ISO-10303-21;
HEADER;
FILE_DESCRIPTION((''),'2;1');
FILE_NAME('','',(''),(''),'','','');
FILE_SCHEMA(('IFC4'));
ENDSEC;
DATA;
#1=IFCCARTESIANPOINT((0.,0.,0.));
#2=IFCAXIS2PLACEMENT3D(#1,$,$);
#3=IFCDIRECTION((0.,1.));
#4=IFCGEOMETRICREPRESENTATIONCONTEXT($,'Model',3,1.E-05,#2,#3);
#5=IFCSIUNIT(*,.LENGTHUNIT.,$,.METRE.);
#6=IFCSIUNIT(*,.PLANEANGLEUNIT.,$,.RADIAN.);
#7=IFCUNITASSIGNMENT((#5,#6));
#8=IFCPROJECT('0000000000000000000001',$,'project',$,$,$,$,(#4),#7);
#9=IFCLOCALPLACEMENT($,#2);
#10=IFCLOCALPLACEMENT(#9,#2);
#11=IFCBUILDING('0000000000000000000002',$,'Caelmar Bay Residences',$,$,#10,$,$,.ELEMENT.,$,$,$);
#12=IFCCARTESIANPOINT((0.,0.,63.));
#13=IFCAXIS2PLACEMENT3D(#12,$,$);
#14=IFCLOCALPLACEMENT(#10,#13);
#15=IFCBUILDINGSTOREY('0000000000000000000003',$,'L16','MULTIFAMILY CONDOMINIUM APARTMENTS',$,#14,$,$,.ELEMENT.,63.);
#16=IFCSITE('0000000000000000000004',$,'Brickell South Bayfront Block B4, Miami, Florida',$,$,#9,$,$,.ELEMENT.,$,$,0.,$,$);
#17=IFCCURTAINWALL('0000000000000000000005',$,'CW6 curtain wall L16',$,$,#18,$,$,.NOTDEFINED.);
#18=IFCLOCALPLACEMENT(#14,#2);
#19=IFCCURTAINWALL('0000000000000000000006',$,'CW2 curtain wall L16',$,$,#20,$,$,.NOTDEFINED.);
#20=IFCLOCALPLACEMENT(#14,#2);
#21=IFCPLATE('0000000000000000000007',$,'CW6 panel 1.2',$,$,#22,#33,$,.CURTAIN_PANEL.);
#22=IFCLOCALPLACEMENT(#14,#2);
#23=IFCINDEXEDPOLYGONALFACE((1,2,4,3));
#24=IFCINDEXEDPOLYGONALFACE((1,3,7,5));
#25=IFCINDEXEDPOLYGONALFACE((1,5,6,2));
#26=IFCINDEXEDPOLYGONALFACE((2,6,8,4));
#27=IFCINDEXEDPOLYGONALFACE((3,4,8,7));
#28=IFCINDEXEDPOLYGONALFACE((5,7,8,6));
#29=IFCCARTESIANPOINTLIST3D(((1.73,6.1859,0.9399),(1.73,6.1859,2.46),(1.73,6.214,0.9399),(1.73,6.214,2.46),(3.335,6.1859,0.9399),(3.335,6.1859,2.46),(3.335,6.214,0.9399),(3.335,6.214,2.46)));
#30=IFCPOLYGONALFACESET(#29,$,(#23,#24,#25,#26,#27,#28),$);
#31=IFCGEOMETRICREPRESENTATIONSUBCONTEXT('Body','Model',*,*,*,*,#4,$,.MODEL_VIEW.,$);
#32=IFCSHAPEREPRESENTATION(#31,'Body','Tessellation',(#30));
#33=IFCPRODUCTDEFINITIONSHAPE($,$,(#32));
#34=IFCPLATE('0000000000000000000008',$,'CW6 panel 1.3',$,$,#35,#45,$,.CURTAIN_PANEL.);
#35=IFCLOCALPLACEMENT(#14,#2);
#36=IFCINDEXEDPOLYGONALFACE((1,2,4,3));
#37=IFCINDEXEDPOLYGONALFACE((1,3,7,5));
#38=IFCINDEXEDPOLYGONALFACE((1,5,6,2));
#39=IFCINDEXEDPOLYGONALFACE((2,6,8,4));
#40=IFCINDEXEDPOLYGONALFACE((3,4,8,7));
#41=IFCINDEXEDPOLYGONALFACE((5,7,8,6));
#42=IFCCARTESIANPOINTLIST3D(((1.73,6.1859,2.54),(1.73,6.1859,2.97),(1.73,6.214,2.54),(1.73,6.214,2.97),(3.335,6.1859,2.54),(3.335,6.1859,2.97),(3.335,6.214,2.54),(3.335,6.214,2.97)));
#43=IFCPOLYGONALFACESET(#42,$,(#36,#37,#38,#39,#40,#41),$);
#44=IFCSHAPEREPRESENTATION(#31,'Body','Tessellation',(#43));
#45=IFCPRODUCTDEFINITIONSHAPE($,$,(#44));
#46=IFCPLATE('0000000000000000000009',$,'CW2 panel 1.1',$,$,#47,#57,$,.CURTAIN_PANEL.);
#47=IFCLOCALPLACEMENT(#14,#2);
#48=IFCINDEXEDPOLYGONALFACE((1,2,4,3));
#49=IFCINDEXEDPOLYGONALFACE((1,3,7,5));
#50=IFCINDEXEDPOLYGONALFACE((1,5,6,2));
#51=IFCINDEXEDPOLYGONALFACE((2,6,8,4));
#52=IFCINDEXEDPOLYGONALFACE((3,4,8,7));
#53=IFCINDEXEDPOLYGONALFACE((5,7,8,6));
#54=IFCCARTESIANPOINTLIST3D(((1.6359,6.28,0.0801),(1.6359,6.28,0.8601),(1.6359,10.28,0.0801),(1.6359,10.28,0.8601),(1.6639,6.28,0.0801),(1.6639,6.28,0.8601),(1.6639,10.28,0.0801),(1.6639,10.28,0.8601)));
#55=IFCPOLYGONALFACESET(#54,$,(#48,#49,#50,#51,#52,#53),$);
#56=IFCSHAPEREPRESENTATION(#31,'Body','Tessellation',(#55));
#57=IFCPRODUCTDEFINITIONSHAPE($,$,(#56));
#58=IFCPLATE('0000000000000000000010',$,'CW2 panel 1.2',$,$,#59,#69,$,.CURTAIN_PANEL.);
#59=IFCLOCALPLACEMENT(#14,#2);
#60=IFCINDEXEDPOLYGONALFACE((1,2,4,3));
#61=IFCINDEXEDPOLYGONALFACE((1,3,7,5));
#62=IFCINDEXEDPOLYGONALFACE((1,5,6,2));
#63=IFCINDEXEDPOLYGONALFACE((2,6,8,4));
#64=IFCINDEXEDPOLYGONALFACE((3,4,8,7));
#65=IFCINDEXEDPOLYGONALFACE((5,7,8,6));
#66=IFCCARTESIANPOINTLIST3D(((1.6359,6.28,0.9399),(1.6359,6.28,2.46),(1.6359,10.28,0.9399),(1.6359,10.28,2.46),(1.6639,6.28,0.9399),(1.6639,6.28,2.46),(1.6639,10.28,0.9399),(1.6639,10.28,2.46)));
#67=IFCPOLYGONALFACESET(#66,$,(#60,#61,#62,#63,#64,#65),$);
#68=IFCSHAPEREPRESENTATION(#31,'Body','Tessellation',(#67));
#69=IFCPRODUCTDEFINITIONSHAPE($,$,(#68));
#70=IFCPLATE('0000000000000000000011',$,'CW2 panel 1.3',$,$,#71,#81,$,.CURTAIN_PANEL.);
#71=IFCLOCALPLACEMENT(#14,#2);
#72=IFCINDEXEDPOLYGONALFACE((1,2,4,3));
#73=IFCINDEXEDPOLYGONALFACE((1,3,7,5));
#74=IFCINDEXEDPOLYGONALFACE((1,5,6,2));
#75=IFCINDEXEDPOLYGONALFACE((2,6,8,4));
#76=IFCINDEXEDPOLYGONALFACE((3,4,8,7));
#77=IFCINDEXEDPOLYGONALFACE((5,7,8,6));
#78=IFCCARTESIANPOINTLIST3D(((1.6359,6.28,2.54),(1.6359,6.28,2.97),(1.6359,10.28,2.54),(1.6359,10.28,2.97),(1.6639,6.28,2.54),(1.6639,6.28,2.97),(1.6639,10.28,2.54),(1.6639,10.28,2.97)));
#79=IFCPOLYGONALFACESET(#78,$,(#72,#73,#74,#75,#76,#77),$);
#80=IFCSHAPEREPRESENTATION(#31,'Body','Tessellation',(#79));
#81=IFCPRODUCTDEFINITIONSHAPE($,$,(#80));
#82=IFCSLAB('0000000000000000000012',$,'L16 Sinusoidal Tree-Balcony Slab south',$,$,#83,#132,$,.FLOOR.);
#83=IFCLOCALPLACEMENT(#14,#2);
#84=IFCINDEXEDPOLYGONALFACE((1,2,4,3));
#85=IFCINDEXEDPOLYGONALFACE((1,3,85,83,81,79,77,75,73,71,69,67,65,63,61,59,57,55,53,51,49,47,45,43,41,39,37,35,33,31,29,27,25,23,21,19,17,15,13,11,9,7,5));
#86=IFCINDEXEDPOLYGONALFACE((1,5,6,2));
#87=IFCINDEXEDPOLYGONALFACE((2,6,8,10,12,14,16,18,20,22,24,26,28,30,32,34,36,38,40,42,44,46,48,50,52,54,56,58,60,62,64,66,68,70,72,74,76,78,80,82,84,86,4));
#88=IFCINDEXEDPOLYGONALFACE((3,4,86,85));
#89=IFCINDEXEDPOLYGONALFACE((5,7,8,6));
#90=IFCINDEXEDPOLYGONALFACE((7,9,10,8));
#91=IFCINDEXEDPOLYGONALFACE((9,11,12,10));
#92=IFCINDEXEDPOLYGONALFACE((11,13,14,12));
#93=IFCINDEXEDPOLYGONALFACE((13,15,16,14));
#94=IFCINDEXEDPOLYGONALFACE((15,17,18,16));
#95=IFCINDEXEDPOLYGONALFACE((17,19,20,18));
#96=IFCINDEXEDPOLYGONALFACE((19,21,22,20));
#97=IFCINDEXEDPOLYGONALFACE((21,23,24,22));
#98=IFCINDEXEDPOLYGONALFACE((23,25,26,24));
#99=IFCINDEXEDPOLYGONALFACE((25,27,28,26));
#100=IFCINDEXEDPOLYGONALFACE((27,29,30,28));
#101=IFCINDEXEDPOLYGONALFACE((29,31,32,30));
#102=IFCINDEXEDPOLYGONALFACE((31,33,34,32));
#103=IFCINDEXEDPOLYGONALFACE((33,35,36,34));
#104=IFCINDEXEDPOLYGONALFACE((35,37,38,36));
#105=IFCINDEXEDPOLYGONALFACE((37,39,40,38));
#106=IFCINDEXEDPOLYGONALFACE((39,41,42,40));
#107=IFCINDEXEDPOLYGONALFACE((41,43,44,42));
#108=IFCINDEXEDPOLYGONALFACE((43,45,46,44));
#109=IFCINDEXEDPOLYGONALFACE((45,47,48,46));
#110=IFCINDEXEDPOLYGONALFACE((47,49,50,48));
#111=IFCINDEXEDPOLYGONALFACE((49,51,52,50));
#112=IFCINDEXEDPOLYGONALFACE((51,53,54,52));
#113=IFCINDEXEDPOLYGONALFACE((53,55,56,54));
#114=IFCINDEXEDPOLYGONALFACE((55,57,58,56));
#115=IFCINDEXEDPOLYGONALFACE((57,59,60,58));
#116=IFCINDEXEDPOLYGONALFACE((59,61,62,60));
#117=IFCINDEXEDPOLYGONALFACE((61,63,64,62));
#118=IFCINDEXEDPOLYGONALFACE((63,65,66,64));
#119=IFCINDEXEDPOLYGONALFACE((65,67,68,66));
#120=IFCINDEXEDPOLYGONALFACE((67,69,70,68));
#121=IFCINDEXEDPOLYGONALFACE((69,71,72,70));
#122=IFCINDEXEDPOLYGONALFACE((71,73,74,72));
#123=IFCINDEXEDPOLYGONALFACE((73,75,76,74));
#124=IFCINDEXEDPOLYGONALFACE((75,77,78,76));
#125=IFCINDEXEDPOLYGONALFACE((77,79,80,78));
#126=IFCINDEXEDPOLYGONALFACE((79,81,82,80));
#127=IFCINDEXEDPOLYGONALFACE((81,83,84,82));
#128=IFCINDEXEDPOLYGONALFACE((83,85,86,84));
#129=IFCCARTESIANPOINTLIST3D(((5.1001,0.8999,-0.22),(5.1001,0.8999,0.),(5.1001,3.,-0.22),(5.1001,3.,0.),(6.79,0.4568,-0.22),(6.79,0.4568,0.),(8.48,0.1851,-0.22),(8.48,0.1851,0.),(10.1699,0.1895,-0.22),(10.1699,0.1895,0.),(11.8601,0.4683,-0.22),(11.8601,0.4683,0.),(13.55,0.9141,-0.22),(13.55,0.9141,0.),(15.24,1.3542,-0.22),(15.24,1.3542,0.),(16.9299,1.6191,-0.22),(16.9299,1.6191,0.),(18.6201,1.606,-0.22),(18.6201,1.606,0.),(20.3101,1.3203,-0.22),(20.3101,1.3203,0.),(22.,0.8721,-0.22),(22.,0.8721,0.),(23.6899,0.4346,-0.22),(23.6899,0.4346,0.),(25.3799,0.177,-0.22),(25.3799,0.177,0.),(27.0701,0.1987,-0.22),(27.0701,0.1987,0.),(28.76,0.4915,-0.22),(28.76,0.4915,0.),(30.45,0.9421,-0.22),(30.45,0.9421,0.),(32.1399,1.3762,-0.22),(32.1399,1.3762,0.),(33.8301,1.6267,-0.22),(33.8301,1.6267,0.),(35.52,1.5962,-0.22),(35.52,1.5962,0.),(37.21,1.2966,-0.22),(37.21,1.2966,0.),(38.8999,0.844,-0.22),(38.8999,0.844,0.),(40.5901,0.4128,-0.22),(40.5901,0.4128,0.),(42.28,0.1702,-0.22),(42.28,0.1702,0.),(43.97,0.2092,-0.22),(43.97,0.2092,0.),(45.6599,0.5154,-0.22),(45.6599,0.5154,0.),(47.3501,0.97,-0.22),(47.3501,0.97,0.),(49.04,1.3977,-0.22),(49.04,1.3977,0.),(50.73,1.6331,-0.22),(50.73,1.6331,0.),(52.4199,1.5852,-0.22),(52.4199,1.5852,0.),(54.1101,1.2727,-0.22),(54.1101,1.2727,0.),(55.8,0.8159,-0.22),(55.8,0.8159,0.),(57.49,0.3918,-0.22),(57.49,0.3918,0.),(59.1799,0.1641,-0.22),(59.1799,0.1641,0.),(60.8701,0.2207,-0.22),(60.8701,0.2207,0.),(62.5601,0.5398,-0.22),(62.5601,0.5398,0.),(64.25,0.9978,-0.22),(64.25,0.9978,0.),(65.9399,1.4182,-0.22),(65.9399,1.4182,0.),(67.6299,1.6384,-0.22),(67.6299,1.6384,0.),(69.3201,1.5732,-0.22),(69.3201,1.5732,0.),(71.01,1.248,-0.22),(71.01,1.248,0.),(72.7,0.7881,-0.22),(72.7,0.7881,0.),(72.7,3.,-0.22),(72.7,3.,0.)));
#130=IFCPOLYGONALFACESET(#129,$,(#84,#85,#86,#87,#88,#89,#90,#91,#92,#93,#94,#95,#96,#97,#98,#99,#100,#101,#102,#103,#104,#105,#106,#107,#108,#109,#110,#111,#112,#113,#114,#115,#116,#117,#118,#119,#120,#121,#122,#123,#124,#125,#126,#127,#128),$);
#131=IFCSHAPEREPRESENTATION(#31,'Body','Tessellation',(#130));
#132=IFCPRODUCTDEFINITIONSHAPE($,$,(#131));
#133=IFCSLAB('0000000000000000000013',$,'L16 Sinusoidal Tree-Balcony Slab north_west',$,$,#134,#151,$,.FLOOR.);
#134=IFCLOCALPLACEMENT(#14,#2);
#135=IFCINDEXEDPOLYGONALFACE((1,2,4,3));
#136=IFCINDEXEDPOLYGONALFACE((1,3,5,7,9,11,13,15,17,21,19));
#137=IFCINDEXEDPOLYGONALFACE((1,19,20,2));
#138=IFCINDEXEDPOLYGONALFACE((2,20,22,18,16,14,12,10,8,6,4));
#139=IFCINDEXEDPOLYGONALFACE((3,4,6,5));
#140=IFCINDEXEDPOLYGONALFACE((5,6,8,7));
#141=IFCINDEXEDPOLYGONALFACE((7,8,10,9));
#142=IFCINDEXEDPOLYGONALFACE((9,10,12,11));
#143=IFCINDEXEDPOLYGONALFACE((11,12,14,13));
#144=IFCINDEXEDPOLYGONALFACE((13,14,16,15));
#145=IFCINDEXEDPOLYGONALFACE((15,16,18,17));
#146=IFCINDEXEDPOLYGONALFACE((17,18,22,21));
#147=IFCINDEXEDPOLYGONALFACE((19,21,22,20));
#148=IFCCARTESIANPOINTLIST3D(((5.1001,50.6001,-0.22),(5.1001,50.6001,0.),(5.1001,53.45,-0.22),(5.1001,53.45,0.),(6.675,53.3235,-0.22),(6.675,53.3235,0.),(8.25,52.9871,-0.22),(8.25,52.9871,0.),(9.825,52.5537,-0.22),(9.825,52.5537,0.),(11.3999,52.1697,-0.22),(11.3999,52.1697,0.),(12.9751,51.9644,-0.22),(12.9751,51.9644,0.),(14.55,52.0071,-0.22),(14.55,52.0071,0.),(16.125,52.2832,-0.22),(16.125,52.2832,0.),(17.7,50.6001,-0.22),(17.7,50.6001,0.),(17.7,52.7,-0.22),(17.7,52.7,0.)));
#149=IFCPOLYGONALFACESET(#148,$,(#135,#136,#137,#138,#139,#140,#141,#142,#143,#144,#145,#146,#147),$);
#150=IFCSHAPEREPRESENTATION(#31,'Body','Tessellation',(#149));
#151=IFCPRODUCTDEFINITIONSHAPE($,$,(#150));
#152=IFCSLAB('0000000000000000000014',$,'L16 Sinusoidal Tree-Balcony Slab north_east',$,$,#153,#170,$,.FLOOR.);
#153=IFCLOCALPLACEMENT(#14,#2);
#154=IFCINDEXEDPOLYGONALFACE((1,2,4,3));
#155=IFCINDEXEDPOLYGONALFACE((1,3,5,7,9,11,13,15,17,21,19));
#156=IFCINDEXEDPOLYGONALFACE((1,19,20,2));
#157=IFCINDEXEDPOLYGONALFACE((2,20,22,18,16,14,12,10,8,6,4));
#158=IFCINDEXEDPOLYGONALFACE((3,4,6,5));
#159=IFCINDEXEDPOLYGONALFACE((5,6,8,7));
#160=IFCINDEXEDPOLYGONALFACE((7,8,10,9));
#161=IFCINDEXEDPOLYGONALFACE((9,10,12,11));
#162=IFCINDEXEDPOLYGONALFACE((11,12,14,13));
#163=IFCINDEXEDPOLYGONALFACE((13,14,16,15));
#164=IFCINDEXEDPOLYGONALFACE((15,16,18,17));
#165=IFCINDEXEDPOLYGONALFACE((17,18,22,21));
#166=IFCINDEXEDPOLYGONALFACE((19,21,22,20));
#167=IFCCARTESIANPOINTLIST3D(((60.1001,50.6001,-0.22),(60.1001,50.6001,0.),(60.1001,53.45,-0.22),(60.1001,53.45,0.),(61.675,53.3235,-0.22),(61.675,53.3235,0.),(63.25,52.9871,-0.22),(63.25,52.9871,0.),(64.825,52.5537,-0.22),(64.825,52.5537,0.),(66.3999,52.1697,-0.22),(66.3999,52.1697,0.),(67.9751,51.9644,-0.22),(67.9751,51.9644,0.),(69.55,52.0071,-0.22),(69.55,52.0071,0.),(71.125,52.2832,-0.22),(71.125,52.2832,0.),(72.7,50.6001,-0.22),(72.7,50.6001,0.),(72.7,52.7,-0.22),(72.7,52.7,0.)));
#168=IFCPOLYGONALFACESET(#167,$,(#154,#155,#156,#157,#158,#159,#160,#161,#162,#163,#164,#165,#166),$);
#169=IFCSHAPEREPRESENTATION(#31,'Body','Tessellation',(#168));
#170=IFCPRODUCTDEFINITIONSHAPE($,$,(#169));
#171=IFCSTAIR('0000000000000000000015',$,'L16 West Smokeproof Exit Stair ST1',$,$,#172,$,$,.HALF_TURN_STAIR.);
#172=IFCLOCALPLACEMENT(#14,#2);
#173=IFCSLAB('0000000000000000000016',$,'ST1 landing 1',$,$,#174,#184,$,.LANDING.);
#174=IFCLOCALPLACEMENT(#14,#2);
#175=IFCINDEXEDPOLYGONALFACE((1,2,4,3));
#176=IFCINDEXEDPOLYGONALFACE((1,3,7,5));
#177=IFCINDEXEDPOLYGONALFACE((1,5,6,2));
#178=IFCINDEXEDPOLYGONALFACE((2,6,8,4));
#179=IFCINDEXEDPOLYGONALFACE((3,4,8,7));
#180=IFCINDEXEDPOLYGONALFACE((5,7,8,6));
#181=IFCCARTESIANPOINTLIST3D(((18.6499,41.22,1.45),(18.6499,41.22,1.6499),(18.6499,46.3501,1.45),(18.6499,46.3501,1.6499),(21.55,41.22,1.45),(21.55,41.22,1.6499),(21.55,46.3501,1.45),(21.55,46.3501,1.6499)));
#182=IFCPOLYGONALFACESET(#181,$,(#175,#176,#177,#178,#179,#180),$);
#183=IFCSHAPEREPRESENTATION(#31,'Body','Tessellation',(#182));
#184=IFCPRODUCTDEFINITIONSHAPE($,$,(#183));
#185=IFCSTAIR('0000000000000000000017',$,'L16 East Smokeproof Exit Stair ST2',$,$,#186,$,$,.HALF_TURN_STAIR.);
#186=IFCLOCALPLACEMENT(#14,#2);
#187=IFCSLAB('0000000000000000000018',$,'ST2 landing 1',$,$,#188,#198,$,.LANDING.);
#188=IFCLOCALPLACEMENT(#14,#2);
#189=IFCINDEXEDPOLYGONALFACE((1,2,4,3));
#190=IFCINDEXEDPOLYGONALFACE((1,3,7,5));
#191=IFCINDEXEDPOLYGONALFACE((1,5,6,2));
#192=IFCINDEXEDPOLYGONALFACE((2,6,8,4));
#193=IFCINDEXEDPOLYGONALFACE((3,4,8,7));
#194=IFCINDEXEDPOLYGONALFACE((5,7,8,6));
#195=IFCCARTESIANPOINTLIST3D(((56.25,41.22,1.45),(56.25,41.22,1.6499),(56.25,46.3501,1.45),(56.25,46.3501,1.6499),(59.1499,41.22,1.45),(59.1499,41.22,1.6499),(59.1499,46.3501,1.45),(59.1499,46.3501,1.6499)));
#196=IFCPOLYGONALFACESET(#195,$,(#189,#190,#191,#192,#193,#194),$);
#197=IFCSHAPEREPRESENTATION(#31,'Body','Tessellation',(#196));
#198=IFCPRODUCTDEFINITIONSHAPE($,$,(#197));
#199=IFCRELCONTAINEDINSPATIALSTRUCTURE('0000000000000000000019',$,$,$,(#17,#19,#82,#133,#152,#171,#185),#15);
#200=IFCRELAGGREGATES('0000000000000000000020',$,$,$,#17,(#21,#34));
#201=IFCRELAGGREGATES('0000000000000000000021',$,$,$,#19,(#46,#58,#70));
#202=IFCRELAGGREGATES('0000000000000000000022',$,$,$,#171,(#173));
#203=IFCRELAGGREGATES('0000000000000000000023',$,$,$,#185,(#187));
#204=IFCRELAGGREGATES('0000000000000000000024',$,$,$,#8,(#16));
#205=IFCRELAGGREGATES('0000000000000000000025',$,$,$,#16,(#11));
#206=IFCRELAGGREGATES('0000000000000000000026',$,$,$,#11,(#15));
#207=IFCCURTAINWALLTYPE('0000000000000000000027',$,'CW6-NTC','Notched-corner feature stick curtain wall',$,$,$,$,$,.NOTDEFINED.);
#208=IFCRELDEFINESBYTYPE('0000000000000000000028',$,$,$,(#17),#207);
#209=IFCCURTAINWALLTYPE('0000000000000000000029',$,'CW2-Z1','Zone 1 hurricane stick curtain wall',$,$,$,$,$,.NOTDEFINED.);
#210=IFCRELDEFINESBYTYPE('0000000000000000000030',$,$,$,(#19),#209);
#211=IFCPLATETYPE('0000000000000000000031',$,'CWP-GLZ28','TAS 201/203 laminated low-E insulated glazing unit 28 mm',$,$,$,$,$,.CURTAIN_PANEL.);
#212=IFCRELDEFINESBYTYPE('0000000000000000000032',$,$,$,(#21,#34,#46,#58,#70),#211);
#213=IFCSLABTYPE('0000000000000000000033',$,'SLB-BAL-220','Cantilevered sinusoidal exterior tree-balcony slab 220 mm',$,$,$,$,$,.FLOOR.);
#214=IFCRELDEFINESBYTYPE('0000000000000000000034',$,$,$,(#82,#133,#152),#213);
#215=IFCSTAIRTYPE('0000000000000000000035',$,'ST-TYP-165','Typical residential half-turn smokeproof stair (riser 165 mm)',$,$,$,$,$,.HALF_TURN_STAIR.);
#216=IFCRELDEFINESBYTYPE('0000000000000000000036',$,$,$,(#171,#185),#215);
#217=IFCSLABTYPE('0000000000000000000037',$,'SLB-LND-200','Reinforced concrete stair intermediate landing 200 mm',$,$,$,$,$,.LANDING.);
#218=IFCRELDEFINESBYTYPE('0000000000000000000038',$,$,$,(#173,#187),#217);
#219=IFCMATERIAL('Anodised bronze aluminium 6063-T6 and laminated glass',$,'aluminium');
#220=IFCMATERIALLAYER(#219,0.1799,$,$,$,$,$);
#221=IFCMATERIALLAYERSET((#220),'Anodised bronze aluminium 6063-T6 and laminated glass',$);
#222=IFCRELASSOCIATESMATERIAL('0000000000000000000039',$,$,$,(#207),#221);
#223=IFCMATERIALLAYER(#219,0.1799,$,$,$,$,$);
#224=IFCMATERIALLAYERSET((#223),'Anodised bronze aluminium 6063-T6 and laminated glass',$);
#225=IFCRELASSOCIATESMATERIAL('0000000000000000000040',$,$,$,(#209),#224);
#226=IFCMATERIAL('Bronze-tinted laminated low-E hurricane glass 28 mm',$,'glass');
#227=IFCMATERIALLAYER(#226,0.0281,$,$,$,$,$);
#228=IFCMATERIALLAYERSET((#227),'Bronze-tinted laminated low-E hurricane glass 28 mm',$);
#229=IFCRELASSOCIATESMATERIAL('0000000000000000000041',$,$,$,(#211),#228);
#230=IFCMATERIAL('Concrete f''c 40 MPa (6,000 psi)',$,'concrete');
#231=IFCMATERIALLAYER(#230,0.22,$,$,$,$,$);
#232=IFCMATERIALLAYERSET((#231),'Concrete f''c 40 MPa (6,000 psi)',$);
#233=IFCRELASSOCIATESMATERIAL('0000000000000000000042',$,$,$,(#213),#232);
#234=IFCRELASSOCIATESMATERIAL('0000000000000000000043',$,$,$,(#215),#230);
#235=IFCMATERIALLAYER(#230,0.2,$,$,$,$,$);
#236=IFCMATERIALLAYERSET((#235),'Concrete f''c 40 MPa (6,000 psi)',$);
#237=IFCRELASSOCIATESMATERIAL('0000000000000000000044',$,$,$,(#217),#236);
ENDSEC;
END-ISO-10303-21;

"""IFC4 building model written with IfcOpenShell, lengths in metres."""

from ifc_helpers import new_model, si_unit, direction, frame, origin, origin_2d, place, context, subcontext, project, spatial, polyline, rectangle, outline, extrude, material, layer, layer_set, type_object, element, aggregate, save


model = new_model("IFC4")

# Units and contexts
model_context = context("Model", 3, precision=1e-05, world=origin(), true_north=direction((0.0, 1.0)))
body_context = subcontext(model_context, "Body", "Model", "MODEL_VIEW")
ifc_project = project(units=[si_unit("LENGTHUNIT", "METRE"), si_unit("PLANEANGLEUNIT", "RADIAN")], contexts=[model_context])

# Site, building, storey
site_placement = place(None, origin())
site = spatial("IfcSite", under=ifc_project, at=site_placement, Name="Brickell South Bayfront Block B4, Miami, Florida", CompositionType="ELEMENT", RefElevation=0.0)
building_placement = place(site_placement, origin())
building = spatial("IfcBuilding", under=site, at=building_placement, Name="Caelmar Bay Residences", CompositionType="ELEMENT")
storey_placement = place(building_placement, frame((0.0, 0.0, 63.0)))
storey = spatial("IfcBuildingStorey", under=building, at=storey_placement, Name="L16", Description="MULTIFAMILY CONDOMINIUM APARTMENTS", CompositionType="ELEMENT", Elevation=63.0)

# Curtain walls
ifc_material_1 = material(Name="Anodised bronze aluminium 6063-T6 and laminated glass", Category="aluminium")
ifc_layer_1 = layer(ifc_material_1, 0.1799)
ifc_layer_set_1 = layer_set([ifc_layer_1], Name="Anodised bronze aluminium 6063-T6 and laminated glass")
curtain_wall_type_1 = type_object("IfcCurtainWallType", Name="CW6-NTC", Description="Notched-corner feature stick curtain wall", PredefinedType="NOTDEFINED", material=ifc_layer_set_1)
curtain_wall_1_placement = place(storey_placement, origin())
curtain_wall_1 = element("IfcCurtainWall", 1, at=curtain_wall_1_placement, inside=storey, type_object=curtain_wall_type_1, Name="CW6 curtain wall L16", PredefinedType="NOTDEFINED")
ifc_layer_2 = layer(ifc_material_1, 0.1799)
ifc_layer_set_2 = layer_set([ifc_layer_2], Name="Anodised bronze aluminium 6063-T6 and laminated glass")
curtain_wall_type_2 = type_object("IfcCurtainWallType", Name="CW2-Z1", Description="Zone 1 hurricane stick curtain wall", PredefinedType="NOTDEFINED", material=ifc_layer_set_2)
curtain_wall_2_placement = place(storey_placement, origin())
curtain_wall_2 = element("IfcCurtainWall", 2, at=curtain_wall_2_placement, inside=storey, type_object=curtain_wall_type_2, Name="CW2 curtain wall L16", PredefinedType="NOTDEFINED")

# Plates
ifc_material_2 = material(Name="Bronze-tinted laminated low-E hurricane glass 28 mm", Category="glass")
ifc_layer_3 = layer(ifc_material_2, 0.0281)
ifc_layer_set_3 = layer_set([ifc_layer_3], Name="Bronze-tinted laminated low-E hurricane glass 28 mm")
plate_type = type_object("IfcPlateType", Name="CWP-GLZ28", Description="TAS 201/203 laminated low-E insulated glazing unit 28 mm", PredefinedType="CURTAIN_PANEL", material=ifc_layer_set_3)
plate_1_placement = place(storey_placement, frame((2.5325, 6.2, 0.9399), z_axis=(0.0, 0.0, 1.0), x_axis=(1.0, 0.0, 0.0)))
plate_1 = element("IfcPlate", 3, at=plate_1_placement, type_object=plate_type, Name="CW6 panel 1.2", PredefinedType="CURTAIN_PANEL", context=body_context, shape_type="SweptSolid", body=[
    extrude(rectangle(XDim=1.605, YDim=0.0281, at=origin_2d()), origin(), (0.0, 0.0, 1.0), 1.52),
])
plate_2_placement = place(storey_placement, frame((2.5325, 6.2, 2.54), z_axis=(0.0, 0.0, 1.0), x_axis=(1.0, 0.0, 0.0)))
plate_2 = element("IfcPlate", 4, at=plate_2_placement, type_object=plate_type, Name="CW6 panel 1.3", PredefinedType="CURTAIN_PANEL", context=body_context, shape_type="SweptSolid", body=[
    extrude(rectangle(XDim=1.605, YDim=0.0281, at=origin_2d()), origin(), (0.0, 0.0, 1.0), 0.4299),
])
aggregate(curtain_wall_1, [plate_1, plate_2])
plate_3_placement = place(storey_placement, frame((1.6499, 8.28, 0.0801), z_axis=(0.0, 0.0, 1.0), x_axis=(0.0, 1.0, 0.0)))
plate_3 = element("IfcPlate", 5, at=plate_3_placement, type_object=plate_type, Name="CW2 panel 1.1", PredefinedType="CURTAIN_PANEL", context=body_context, shape_type="SweptSolid", body=[
    extrude(rectangle(XDim=4.0, YDim=0.0281, at=origin_2d()), origin(), (0.0, 0.0, 1.0), 0.78),
])
plate_4_placement = place(storey_placement, frame((1.6499, 8.28, 0.9399), z_axis=(0.0, 0.0, 1.0), x_axis=(0.0, 1.0, 0.0)))
plate_4 = element("IfcPlate", 6, at=plate_4_placement, type_object=plate_type, Name="CW2 panel 1.2", PredefinedType="CURTAIN_PANEL", context=body_context, shape_type="SweptSolid", body=[
    extrude(rectangle(XDim=4.0, YDim=0.0281, at=origin_2d()), origin(), (0.0, 0.0, 1.0), 1.52),
])
plate_5_placement = place(storey_placement, frame((1.6499, 8.28, 2.54), z_axis=(0.0, 0.0, 1.0), x_axis=(0.0, 1.0, 0.0)))
plate_5 = element("IfcPlate", 7, at=plate_5_placement, type_object=plate_type, Name="CW2 panel 1.3", PredefinedType="CURTAIN_PANEL", context=body_context, shape_type="SweptSolid", body=[
    extrude(rectangle(XDim=4.0, YDim=0.0281, at=origin_2d()), origin(), (0.0, 0.0, 1.0), 0.4299),
])
aggregate(curtain_wall_2, [plate_3, plate_4, plate_5])

# Slabs
ifc_material_3 = material(Name="Concrete f'c 40 MPa (6,000 psi)", Category="concrete")
ifc_layer_4 = layer(ifc_material_3, 0.22)
ifc_layer_set_4 = layer_set([ifc_layer_4], Name="Concrete f'c 40 MPa (6,000 psi)")
slab_type_1 = type_object("IfcSlabType", Name="SLB-BAL-220", Description="Cantilevered sinusoidal exterior tree-balcony slab 220 mm", PredefinedType="FLOOR", material=ifc_layer_set_4)
slab_1_placement = place(storey_placement, frame((0.0, 0.0, -0.22)))
element("IfcSlab", 8, at=slab_1_placement, inside=storey, type_object=slab_type_1, Name="L16 Sinusoidal Tree-Balcony Slab south", PredefinedType="FLOOR", context=body_context, shape_type="SweptSolid", body=[
    extrude(outline(polyline([(5.1001, 0.8999), (6.79, 0.4568), (8.48, 0.1851), (10.1699, 0.1895), (11.8601, 0.4683), (13.55, 0.9141), (15.24, 1.3542), (16.9299, 1.6191), (18.6201, 1.606), (20.3101, 1.3203), (22.0, 0.8721), (23.6899, 0.4346), (25.3799, 0.177), (27.0701, 0.1987), (28.76, 0.4915), (30.45, 0.9421), (32.1399, 1.3762), (33.8301, 1.6267), (35.52, 1.5962), (37.21, 1.2966), (38.8999, 0.844), (40.5901, 0.4128), (42.28, 0.1702), (43.97, 0.2092), (45.6599, 0.5154), (47.3501, 0.97), (49.04, 1.3977), (50.73, 1.6331), (52.4199, 1.5852), (54.1101, 1.2727), (55.8, 0.8159), (57.49, 0.3918), (59.1799, 0.1641), (60.8701, 0.2207), (62.5601, 0.5398), (64.25, 0.9978), (65.9399, 1.4182), (67.6299, 1.6384), (69.3201, 1.5732), (71.01, 1.248), (72.7, 0.7881), (72.7, 3.0), (5.1001, 3.0), (5.1001, 0.8999)])), origin(), (0.0, 0.0, 1.0), 0.22),
])
slab_2_placement = place(storey_placement, frame((0.0, 0.0, -0.22)))
element("IfcSlab", 9, at=slab_2_placement, inside=storey, type_object=slab_type_1, Name="L16 Sinusoidal Tree-Balcony Slab north_west", PredefinedType="FLOOR", context=body_context, shape_type="SweptSolid", body=[
    extrude(outline(polyline([(5.1001, 50.6001), (17.7, 50.6001), (17.7, 52.7), (16.125, 52.2832), (14.55, 52.0071), (12.9751, 51.9644), (11.3999, 52.1697), (9.825, 52.5537), (8.25, 52.9871), (6.675, 53.3235), (5.1001, 53.45), (5.1001, 50.6001)])), origin(), (0.0, 0.0, 1.0), 0.22),
])
slab_3_placement = place(storey_placement, frame((0.0, 0.0, -0.22)))
element("IfcSlab", 10, at=slab_3_placement, inside=storey, type_object=slab_type_1, Name="L16 Sinusoidal Tree-Balcony Slab north_east", PredefinedType="FLOOR", context=body_context, shape_type="SweptSolid", body=[
    extrude(outline(polyline([(60.1001, 50.6001), (72.7, 50.6001), (72.7, 52.7), (71.125, 52.2832), (69.55, 52.0071), (67.9751, 51.9644), (66.3999, 52.1697), (64.825, 52.5537), (63.25, 52.9871), (61.675, 53.3235), (60.1001, 53.45), (60.1001, 50.6001)])), origin(), (0.0, 0.0, 1.0), 0.22),
])

# Stairs, slabs
stair_type = type_object("IfcStairType", Name="ST-TYP-165", Description="Typical residential half-turn smokeproof stair (riser 165 mm)", PredefinedType="HALF_TURN_STAIR", material=ifc_material_3)
stair_1_placement = place(storey_placement, origin())
stair_1 = element("IfcStair", 11, at=stair_1_placement, inside=storey, type_object=stair_type, Name="L16 West Smokeproof Exit Stair ST1", PredefinedType="HALF_TURN_STAIR")
ifc_layer_5 = layer(ifc_material_3, 0.2)
ifc_layer_set_5 = layer_set([ifc_layer_5], Name="Concrete f'c 40 MPa (6,000 psi)")
slab_type_2 = type_object("IfcSlabType", Name="SLB-LND-200", Description="Reinforced concrete stair intermediate landing 200 mm", PredefinedType="LANDING", material=ifc_layer_set_5)
slab_4_placement = place(storey_placement, frame((0.0, 0.0, 1.45)))
slab_4 = element("IfcSlab", 12, at=slab_4_placement, type_object=slab_type_2, Name="ST1 landing 1", PredefinedType="LANDING", context=body_context, shape_type="SweptSolid", body=[
    extrude(outline(polyline([(21.55, 41.22), (21.55, 46.3501), (18.6499, 46.3501), (18.6499, 41.22), (21.55, 41.22)])), origin(), (0.0, 0.0, 1.0), 0.2),
])
aggregate(stair_1, [slab_4])
stair_2_placement = place(storey_placement, origin())
stair_2 = element("IfcStair", 13, at=stair_2_placement, inside=storey, type_object=stair_type, Name="L16 East Smokeproof Exit Stair ST2", PredefinedType="HALF_TURN_STAIR")
slab_5_placement = place(storey_placement, frame((0.0, 0.0, 1.45)))
slab_5 = element("IfcSlab", 14, at=slab_5_placement, type_object=slab_type_2, Name="ST2 landing 1", PredefinedType="LANDING", context=body_context, shape_type="SweptSolid", body=[
    extrude(outline(polyline([(59.1499, 41.22), (59.1499, 46.3501), (56.25, 46.3501), (56.25, 41.22), (59.1499, 41.22)])), origin(), (0.0, 0.0, 1.0), 0.2),
])
aggregate(stair_2, [slab_5])

save(model, "model.ifc")
